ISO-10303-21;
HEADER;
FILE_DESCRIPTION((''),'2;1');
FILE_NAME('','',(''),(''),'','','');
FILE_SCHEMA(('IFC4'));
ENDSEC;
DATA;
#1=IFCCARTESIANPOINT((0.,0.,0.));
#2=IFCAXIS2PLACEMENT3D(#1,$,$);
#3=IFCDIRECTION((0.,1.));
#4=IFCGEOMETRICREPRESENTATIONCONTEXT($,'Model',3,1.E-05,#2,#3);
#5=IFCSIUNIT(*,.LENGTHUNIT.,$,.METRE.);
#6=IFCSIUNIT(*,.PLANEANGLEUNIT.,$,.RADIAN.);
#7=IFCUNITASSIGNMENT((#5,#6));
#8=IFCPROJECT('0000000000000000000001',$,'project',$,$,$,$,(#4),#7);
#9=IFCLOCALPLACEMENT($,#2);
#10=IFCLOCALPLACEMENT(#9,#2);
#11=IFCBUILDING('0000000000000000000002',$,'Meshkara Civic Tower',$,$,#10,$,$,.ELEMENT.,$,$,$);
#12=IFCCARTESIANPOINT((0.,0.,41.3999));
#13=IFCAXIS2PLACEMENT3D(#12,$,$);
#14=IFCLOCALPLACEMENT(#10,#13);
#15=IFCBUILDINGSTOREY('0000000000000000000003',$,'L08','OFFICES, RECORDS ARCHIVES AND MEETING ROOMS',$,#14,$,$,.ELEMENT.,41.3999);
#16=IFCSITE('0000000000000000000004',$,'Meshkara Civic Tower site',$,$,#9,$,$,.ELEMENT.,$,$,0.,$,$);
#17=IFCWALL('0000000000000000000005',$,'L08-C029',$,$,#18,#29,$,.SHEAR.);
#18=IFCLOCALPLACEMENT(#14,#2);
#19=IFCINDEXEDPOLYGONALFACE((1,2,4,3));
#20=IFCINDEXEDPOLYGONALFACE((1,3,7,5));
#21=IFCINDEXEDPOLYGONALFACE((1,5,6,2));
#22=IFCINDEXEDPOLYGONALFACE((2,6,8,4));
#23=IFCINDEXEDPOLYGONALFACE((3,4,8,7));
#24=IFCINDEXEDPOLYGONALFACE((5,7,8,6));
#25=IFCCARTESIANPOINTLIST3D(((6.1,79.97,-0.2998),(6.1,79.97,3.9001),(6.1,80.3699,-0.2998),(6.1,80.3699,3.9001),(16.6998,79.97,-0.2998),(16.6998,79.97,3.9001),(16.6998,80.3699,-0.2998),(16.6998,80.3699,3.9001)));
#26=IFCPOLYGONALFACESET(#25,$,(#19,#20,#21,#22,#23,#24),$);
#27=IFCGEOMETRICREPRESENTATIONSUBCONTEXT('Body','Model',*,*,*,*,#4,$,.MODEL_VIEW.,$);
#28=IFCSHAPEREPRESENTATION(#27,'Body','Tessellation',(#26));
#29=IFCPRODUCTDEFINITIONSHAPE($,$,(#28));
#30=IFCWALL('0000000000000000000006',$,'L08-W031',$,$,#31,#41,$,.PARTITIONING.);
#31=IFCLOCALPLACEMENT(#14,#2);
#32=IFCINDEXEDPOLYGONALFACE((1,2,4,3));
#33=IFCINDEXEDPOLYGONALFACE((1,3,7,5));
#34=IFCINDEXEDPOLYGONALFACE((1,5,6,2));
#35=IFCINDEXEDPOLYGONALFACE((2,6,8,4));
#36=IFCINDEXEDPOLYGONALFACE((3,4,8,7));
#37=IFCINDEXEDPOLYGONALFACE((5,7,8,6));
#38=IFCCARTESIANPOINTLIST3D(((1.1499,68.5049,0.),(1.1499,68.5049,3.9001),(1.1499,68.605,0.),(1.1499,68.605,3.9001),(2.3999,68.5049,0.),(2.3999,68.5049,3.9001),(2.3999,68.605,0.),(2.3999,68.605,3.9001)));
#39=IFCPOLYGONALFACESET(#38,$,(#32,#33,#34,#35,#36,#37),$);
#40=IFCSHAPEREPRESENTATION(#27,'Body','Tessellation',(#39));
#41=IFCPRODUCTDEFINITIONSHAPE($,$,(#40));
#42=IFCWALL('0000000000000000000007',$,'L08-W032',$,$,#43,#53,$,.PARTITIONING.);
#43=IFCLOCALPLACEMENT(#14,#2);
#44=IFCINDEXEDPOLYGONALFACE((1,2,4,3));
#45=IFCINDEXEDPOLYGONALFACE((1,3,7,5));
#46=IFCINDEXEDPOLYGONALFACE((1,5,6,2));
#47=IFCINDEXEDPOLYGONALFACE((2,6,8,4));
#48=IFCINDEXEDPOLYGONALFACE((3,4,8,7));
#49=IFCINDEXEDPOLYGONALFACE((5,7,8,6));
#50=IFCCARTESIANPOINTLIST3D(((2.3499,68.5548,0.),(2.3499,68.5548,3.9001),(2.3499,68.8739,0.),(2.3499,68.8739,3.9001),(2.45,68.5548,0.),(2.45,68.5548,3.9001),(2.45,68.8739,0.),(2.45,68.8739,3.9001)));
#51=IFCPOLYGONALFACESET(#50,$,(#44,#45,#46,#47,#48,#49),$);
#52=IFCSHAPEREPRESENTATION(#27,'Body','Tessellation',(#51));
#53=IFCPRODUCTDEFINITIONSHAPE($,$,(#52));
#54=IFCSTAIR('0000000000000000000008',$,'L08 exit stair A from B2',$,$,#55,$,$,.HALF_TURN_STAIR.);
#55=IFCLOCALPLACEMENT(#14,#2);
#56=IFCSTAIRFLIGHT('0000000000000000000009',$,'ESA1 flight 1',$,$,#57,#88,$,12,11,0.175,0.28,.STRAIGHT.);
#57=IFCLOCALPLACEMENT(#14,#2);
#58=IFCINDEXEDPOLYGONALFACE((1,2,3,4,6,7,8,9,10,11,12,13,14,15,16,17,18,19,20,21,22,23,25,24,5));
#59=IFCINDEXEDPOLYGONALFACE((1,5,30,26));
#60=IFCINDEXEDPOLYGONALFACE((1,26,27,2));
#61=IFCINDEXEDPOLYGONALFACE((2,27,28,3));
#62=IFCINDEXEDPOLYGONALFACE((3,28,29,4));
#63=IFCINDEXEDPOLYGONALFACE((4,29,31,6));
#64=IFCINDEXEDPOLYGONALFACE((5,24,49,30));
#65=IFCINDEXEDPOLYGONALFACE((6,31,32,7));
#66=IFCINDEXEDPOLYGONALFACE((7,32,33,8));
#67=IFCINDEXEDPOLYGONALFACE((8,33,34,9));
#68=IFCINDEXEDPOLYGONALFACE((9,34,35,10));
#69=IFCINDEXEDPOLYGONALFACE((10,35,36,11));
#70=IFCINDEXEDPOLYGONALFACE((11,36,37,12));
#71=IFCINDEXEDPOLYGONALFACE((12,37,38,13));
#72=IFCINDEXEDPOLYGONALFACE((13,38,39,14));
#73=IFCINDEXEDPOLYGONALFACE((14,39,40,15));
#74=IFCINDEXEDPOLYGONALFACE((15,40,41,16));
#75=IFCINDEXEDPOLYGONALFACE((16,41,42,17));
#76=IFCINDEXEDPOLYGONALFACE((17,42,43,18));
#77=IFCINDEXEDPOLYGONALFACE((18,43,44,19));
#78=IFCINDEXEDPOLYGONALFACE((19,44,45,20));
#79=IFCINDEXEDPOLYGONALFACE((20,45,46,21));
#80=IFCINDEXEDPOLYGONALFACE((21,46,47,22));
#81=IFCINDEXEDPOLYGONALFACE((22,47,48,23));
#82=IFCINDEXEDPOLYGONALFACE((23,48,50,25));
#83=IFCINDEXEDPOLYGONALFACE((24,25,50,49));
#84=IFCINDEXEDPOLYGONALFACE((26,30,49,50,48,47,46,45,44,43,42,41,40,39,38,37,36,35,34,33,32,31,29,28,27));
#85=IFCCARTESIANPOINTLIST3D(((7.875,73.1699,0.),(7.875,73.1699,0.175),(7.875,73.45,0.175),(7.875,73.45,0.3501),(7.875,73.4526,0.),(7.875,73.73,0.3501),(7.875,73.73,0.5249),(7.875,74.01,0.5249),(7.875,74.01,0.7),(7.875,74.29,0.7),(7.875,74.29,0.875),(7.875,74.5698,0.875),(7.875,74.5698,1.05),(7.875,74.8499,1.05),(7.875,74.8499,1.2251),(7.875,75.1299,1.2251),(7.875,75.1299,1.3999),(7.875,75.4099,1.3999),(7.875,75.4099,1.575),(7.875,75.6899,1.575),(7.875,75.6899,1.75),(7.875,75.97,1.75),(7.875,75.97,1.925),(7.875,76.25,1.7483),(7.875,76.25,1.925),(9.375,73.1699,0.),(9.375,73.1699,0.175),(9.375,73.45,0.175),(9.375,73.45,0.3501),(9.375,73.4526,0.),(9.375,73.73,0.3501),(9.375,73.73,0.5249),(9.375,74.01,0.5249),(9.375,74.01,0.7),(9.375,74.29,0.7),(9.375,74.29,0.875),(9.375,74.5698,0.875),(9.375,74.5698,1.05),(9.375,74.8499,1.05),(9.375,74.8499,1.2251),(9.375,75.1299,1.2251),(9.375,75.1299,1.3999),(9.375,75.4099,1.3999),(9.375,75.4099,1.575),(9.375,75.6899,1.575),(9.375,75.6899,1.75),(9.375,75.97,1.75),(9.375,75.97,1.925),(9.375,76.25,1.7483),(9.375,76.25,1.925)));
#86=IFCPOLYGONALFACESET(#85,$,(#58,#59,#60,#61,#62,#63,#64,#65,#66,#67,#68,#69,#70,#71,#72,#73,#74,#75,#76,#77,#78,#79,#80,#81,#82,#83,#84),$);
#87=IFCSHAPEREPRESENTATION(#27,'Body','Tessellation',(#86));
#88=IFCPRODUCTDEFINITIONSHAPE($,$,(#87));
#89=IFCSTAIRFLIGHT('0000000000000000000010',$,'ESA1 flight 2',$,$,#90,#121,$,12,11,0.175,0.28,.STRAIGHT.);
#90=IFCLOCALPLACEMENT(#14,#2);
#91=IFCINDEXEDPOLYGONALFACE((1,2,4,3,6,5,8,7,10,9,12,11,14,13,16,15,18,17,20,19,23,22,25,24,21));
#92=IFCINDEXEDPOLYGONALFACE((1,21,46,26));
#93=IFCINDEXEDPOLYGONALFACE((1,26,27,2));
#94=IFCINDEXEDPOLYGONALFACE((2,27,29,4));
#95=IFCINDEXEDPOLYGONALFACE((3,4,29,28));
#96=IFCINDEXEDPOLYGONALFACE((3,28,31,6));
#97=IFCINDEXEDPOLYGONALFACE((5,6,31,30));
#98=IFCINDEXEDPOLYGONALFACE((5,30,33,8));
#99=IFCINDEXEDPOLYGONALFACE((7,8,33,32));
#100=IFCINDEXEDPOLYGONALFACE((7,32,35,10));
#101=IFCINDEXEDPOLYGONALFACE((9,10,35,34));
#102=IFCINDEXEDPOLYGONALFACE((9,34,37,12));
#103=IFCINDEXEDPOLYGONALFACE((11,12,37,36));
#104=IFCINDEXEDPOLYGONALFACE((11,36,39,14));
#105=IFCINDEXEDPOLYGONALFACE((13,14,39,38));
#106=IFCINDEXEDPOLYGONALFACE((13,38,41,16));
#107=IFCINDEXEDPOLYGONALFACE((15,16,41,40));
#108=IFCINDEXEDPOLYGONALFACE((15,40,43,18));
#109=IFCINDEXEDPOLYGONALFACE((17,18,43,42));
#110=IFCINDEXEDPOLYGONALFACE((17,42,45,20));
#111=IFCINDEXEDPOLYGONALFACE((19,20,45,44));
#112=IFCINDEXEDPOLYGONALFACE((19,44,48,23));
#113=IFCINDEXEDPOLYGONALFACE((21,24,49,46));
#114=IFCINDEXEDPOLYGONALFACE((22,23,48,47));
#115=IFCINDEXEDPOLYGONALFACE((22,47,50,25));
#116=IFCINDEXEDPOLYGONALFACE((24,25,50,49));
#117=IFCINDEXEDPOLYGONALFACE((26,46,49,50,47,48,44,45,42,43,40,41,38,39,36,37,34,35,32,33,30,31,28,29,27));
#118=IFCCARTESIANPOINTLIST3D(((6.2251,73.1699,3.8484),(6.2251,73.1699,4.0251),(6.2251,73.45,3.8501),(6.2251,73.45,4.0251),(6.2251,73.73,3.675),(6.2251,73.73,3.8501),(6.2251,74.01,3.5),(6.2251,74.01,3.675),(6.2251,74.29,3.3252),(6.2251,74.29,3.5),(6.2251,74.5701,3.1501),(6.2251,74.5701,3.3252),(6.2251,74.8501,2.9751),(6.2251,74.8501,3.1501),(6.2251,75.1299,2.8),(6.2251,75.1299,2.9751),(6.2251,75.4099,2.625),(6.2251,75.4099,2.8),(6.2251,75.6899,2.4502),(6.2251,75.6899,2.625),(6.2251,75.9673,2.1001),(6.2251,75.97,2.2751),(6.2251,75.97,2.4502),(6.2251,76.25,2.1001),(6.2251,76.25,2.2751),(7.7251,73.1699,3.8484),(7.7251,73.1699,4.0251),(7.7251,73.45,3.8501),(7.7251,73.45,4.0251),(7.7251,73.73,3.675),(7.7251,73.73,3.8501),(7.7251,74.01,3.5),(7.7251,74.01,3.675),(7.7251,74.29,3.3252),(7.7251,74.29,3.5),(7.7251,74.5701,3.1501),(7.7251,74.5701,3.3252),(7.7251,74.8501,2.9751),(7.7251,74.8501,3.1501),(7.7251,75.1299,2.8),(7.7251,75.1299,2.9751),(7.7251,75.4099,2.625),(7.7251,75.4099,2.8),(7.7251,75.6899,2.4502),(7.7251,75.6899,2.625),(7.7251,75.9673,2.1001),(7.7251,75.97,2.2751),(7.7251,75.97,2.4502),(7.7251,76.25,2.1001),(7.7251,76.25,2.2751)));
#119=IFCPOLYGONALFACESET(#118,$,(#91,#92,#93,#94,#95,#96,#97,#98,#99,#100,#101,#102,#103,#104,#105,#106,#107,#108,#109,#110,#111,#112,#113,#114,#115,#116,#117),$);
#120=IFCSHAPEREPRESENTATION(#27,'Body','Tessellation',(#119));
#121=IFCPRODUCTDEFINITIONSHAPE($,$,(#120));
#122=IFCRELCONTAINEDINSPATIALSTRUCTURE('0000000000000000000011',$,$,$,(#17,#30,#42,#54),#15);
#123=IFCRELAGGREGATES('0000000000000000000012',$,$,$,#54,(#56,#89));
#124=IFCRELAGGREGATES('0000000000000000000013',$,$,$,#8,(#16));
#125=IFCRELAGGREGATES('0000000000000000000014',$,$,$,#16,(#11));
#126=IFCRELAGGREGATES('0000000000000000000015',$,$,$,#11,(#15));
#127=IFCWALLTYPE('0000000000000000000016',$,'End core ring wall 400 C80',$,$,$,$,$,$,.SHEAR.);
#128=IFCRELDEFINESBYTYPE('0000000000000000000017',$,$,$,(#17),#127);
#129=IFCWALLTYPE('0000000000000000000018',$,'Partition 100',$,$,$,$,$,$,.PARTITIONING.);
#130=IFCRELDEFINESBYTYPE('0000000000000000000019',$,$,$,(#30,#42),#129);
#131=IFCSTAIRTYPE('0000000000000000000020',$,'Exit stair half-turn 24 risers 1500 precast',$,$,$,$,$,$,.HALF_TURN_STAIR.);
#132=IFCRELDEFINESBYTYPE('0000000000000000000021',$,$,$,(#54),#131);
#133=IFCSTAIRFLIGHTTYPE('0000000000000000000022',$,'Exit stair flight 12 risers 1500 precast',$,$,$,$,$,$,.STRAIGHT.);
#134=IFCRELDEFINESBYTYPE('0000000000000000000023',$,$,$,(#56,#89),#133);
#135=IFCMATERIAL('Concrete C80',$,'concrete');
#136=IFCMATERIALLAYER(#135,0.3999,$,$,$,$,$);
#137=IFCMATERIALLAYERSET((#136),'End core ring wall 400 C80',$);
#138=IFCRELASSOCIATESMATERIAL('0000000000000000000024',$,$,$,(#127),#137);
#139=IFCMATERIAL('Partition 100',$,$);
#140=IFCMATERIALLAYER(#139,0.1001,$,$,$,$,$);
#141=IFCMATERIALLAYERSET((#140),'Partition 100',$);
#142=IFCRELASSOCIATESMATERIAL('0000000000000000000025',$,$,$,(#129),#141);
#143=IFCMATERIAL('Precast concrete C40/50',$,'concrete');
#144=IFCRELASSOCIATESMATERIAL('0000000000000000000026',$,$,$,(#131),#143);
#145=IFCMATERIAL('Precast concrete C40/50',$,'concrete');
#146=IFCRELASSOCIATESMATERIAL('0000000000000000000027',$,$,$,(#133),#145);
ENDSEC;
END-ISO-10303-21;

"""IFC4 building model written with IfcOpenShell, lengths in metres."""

from ifc_helpers import new_model, si_unit, direction, frame, frame_2d, origin, place, context, subcontext, project, spatial, polyline, rectangle, outline, extrude, material, layer, layer_set, type_object, element, aggregate, save


model = new_model("IFC4")

# Units and contexts
model_context = context("Model", 3, precision=1e-05, world=origin(), true_north=direction((0.0, 1.0)))
body_context = subcontext(model_context, "Body", "Model", "MODEL_VIEW")
ifc_project = project(units=[si_unit("LENGTHUNIT", "METRE"), si_unit("PLANEANGLEUNIT", "RADIAN")], contexts=[model_context])

# Site, building, storey
site_placement = place(None, origin())
site = spatial("IfcSite", under=ifc_project, at=site_placement, Name="Meshkara Civic Tower site", CompositionType="ELEMENT", RefElevation=0.0)
building_placement = place(site_placement, origin())
building = spatial("IfcBuilding", under=site, at=building_placement, Name="Meshkara Civic Tower", CompositionType="ELEMENT")
storey_placement = place(building_placement, frame((0.0, 0.0, 41.3999)))
storey = spatial("IfcBuildingStorey", under=building, at=storey_placement, Name="L08", Description="OFFICES, RECORDS ARCHIVES AND MEETING ROOMS", CompositionType="ELEMENT", Elevation=41.3999)

# Shared definitions
ifc_material_1 = material(Name="Concrete C80", Category="concrete")
ifc_layer_1 = layer(ifc_material_1, 0.3999)
ifc_layer_set_1 = layer_set([ifc_layer_1], Name="End core ring wall 400 C80")
wall_type_1 = type_object("IfcWallType", Name="End core ring wall 400 C80", PredefinedType="SHEAR", material=ifc_layer_set_1)

# Walls
wall_1_placement = place(storey_placement, frame((6.1001, 80.1699, -0.2998), z_axis=(0.0, 0.0, 1.0), x_axis=(1.0, 0.0, 0.0)))
element("IfcWall", 1, at=wall_1_placement, inside=storey, type_object=wall_type_1, Name="L08-C029", PredefinedType="SHEAR", context=body_context, shape_type="SweptSolid", body=[
    extrude(rectangle(XDim=10.5999, YDim=0.3999, at=frame_2d((5.2998, 0.0))), origin(), (0.0, 0.0, 1.0), 4.2),
])
ifc_material_2 = material(Name="Partition 100")
ifc_layer_2 = layer(ifc_material_2, 0.1001)
ifc_layer_set_2 = layer_set([ifc_layer_2], Name="Partition 100")
wall_type_2 = type_object("IfcWallType", Name="Partition 100", PredefinedType="PARTITIONING", material=ifc_layer_set_2)
wall_2_placement = place(storey_placement, frame((2.3999, 68.5549, 0.0), z_axis=(0.0, 0.0, 1.0), x_axis=(-1.0, 0.0, 0.0)))
element("IfcWall", 2, at=wall_2_placement, inside=storey, type_object=wall_type_2, Name="L08-W031", PredefinedType="PARTITIONING", context=body_context, shape_type="SweptSolid", body=[
    extrude(rectangle(XDim=1.25, YDim=0.1001, at=frame_2d((0.625, 0.0))), origin(), (0.0, 0.0, 1.0), 3.9001),
])
wall_3_placement = place(storey_placement, frame((2.3999, 68.874, 0.0), z_axis=(0.0, 0.0, 1.0), x_axis=(0.0, -1.0, 0.0)))
element("IfcWall", 3, at=wall_3_placement, inside=storey, type_object=wall_type_2, Name="L08-W032", PredefinedType="PARTITIONING", context=body_context, shape_type="SweptSolid", body=[
    extrude(rectangle(XDim=0.3191, YDim=0.1001, at=frame_2d((0.1597, 0.0))), origin(), (0.0, 0.0, 1.0), 3.9001),
])

# Stair, stair flights
ifc_material_3 = material(Name="Precast concrete C40/50", Category="concrete")
stair_type = type_object("IfcStairType", Name="Exit stair half-turn 24 risers 1500 precast", PredefinedType="HALF_TURN_STAIR", material=ifc_material_3)
stair_placement = place(storey_placement, origin())
stair = element("IfcStair", 4, at=stair_placement, inside=storey, type_object=stair_type, Name="L08 exit stair A from B2", PredefinedType="HALF_TURN_STAIR")
ifc_material_4 = material(Name="Precast concrete C40/50", Category="concrete")
stair_flight_type = type_object("IfcStairFlightType", Name="Exit stair flight 12 risers 1500 precast", PredefinedType="STRAIGHT", material=ifc_material_4)
stair_flight_1_placement = place(storey_placement, frame((8.625, 73.1699, 0.0), z_axis=(0.0, 0.0, 1.0), x_axis=(0.0, 1.0, 0.0)))
stair_flight_1 = element("IfcStairFlight", 5, at=stair_flight_1_placement, type_object=stair_flight_type, Name="ESA1 flight 1", NumberOfRisers=12, NumberOfTreads=11, PredefinedType="STRAIGHT", RiserHeight=0.175, TreadLength=0.28, context=body_context, shape_type="SweptSolid", body=[
    extrude(outline(polyline([(0.0, 0.0), (0.0, 0.175), (0.28, 0.175), (0.28, 0.3501), (0.5601, 0.3501), (0.5601, 0.5249), (0.8401, 0.5249), (0.8401, 0.7), (1.1201, 0.7), (1.1201, 0.875), (1.3999, 0.875), (1.3999, 1.05), (1.6799, 1.05), (1.6799, 1.2251), (1.96, 1.2251), (1.96, 1.3999), (2.24, 1.3999), (2.24, 1.575), (2.52, 1.575), (2.52, 1.75), (2.8, 1.75), (2.8, 1.925), (3.0801, 1.925), (3.0801, 2.1001), (3.0801, 1.7483), (0.2827, 0.0), (0.0, 0.0)])), frame((0.0, 0.75, 0.0), z_axis=(0.0, -1.0, 0.0), x_axis=(1.0, 0.0, 0.0)), (0.0, 0.0, 1.0), 1.5),
])
stair_flight_2_placement = place(storey_placement, frame((6.9751, 76.25, 2.1001), z_axis=(0.0, 0.0, 1.0), x_axis=(0.0, -1.0, 0.0)))
stair_flight_2 = element("IfcStairFlight", 6, at=stair_flight_2_placement, type_object=stair_flight_type, Name="ESA1 flight 2", NumberOfRisers=12, NumberOfTreads=11, PredefinedType="STRAIGHT", RiserHeight=0.175, TreadLength=0.28, context=body_context, shape_type="SweptSolid", body=[
    extrude(outline(polyline([(0.0, 0.0), (0.0, 0.175), (0.28, 0.175), (0.28, 0.3501), (0.5601, 0.3501), (0.5601, 0.5249), (0.8401, 0.5249), (0.8401, 0.7), (1.1201, 0.7), (1.1201, 0.875), (1.3999, 0.875), (1.3999, 1.05), (1.6799, 1.05), (1.6799, 1.2251), (1.96, 1.2251), (1.96, 1.3999), (2.24, 1.3999), (2.24, 1.575), (2.52, 1.575), (2.52, 1.75), (2.8, 1.75), (2.8, 1.925), (3.0801, 1.925), (3.0801, 2.1001), (3.0801, 1.7483), (0.2827, 0.0), (0.0, 0.0)])), frame((0.0, 0.75, 0.0), z_axis=(0.0, -1.0, 0.0), x_axis=(1.0, 0.0, 0.0)), (0.0, 0.0, 1.0), 1.5),
])
aggregate(stair, [stair_flight_1, stair_flight_2])

save(model, "model.ifc")
